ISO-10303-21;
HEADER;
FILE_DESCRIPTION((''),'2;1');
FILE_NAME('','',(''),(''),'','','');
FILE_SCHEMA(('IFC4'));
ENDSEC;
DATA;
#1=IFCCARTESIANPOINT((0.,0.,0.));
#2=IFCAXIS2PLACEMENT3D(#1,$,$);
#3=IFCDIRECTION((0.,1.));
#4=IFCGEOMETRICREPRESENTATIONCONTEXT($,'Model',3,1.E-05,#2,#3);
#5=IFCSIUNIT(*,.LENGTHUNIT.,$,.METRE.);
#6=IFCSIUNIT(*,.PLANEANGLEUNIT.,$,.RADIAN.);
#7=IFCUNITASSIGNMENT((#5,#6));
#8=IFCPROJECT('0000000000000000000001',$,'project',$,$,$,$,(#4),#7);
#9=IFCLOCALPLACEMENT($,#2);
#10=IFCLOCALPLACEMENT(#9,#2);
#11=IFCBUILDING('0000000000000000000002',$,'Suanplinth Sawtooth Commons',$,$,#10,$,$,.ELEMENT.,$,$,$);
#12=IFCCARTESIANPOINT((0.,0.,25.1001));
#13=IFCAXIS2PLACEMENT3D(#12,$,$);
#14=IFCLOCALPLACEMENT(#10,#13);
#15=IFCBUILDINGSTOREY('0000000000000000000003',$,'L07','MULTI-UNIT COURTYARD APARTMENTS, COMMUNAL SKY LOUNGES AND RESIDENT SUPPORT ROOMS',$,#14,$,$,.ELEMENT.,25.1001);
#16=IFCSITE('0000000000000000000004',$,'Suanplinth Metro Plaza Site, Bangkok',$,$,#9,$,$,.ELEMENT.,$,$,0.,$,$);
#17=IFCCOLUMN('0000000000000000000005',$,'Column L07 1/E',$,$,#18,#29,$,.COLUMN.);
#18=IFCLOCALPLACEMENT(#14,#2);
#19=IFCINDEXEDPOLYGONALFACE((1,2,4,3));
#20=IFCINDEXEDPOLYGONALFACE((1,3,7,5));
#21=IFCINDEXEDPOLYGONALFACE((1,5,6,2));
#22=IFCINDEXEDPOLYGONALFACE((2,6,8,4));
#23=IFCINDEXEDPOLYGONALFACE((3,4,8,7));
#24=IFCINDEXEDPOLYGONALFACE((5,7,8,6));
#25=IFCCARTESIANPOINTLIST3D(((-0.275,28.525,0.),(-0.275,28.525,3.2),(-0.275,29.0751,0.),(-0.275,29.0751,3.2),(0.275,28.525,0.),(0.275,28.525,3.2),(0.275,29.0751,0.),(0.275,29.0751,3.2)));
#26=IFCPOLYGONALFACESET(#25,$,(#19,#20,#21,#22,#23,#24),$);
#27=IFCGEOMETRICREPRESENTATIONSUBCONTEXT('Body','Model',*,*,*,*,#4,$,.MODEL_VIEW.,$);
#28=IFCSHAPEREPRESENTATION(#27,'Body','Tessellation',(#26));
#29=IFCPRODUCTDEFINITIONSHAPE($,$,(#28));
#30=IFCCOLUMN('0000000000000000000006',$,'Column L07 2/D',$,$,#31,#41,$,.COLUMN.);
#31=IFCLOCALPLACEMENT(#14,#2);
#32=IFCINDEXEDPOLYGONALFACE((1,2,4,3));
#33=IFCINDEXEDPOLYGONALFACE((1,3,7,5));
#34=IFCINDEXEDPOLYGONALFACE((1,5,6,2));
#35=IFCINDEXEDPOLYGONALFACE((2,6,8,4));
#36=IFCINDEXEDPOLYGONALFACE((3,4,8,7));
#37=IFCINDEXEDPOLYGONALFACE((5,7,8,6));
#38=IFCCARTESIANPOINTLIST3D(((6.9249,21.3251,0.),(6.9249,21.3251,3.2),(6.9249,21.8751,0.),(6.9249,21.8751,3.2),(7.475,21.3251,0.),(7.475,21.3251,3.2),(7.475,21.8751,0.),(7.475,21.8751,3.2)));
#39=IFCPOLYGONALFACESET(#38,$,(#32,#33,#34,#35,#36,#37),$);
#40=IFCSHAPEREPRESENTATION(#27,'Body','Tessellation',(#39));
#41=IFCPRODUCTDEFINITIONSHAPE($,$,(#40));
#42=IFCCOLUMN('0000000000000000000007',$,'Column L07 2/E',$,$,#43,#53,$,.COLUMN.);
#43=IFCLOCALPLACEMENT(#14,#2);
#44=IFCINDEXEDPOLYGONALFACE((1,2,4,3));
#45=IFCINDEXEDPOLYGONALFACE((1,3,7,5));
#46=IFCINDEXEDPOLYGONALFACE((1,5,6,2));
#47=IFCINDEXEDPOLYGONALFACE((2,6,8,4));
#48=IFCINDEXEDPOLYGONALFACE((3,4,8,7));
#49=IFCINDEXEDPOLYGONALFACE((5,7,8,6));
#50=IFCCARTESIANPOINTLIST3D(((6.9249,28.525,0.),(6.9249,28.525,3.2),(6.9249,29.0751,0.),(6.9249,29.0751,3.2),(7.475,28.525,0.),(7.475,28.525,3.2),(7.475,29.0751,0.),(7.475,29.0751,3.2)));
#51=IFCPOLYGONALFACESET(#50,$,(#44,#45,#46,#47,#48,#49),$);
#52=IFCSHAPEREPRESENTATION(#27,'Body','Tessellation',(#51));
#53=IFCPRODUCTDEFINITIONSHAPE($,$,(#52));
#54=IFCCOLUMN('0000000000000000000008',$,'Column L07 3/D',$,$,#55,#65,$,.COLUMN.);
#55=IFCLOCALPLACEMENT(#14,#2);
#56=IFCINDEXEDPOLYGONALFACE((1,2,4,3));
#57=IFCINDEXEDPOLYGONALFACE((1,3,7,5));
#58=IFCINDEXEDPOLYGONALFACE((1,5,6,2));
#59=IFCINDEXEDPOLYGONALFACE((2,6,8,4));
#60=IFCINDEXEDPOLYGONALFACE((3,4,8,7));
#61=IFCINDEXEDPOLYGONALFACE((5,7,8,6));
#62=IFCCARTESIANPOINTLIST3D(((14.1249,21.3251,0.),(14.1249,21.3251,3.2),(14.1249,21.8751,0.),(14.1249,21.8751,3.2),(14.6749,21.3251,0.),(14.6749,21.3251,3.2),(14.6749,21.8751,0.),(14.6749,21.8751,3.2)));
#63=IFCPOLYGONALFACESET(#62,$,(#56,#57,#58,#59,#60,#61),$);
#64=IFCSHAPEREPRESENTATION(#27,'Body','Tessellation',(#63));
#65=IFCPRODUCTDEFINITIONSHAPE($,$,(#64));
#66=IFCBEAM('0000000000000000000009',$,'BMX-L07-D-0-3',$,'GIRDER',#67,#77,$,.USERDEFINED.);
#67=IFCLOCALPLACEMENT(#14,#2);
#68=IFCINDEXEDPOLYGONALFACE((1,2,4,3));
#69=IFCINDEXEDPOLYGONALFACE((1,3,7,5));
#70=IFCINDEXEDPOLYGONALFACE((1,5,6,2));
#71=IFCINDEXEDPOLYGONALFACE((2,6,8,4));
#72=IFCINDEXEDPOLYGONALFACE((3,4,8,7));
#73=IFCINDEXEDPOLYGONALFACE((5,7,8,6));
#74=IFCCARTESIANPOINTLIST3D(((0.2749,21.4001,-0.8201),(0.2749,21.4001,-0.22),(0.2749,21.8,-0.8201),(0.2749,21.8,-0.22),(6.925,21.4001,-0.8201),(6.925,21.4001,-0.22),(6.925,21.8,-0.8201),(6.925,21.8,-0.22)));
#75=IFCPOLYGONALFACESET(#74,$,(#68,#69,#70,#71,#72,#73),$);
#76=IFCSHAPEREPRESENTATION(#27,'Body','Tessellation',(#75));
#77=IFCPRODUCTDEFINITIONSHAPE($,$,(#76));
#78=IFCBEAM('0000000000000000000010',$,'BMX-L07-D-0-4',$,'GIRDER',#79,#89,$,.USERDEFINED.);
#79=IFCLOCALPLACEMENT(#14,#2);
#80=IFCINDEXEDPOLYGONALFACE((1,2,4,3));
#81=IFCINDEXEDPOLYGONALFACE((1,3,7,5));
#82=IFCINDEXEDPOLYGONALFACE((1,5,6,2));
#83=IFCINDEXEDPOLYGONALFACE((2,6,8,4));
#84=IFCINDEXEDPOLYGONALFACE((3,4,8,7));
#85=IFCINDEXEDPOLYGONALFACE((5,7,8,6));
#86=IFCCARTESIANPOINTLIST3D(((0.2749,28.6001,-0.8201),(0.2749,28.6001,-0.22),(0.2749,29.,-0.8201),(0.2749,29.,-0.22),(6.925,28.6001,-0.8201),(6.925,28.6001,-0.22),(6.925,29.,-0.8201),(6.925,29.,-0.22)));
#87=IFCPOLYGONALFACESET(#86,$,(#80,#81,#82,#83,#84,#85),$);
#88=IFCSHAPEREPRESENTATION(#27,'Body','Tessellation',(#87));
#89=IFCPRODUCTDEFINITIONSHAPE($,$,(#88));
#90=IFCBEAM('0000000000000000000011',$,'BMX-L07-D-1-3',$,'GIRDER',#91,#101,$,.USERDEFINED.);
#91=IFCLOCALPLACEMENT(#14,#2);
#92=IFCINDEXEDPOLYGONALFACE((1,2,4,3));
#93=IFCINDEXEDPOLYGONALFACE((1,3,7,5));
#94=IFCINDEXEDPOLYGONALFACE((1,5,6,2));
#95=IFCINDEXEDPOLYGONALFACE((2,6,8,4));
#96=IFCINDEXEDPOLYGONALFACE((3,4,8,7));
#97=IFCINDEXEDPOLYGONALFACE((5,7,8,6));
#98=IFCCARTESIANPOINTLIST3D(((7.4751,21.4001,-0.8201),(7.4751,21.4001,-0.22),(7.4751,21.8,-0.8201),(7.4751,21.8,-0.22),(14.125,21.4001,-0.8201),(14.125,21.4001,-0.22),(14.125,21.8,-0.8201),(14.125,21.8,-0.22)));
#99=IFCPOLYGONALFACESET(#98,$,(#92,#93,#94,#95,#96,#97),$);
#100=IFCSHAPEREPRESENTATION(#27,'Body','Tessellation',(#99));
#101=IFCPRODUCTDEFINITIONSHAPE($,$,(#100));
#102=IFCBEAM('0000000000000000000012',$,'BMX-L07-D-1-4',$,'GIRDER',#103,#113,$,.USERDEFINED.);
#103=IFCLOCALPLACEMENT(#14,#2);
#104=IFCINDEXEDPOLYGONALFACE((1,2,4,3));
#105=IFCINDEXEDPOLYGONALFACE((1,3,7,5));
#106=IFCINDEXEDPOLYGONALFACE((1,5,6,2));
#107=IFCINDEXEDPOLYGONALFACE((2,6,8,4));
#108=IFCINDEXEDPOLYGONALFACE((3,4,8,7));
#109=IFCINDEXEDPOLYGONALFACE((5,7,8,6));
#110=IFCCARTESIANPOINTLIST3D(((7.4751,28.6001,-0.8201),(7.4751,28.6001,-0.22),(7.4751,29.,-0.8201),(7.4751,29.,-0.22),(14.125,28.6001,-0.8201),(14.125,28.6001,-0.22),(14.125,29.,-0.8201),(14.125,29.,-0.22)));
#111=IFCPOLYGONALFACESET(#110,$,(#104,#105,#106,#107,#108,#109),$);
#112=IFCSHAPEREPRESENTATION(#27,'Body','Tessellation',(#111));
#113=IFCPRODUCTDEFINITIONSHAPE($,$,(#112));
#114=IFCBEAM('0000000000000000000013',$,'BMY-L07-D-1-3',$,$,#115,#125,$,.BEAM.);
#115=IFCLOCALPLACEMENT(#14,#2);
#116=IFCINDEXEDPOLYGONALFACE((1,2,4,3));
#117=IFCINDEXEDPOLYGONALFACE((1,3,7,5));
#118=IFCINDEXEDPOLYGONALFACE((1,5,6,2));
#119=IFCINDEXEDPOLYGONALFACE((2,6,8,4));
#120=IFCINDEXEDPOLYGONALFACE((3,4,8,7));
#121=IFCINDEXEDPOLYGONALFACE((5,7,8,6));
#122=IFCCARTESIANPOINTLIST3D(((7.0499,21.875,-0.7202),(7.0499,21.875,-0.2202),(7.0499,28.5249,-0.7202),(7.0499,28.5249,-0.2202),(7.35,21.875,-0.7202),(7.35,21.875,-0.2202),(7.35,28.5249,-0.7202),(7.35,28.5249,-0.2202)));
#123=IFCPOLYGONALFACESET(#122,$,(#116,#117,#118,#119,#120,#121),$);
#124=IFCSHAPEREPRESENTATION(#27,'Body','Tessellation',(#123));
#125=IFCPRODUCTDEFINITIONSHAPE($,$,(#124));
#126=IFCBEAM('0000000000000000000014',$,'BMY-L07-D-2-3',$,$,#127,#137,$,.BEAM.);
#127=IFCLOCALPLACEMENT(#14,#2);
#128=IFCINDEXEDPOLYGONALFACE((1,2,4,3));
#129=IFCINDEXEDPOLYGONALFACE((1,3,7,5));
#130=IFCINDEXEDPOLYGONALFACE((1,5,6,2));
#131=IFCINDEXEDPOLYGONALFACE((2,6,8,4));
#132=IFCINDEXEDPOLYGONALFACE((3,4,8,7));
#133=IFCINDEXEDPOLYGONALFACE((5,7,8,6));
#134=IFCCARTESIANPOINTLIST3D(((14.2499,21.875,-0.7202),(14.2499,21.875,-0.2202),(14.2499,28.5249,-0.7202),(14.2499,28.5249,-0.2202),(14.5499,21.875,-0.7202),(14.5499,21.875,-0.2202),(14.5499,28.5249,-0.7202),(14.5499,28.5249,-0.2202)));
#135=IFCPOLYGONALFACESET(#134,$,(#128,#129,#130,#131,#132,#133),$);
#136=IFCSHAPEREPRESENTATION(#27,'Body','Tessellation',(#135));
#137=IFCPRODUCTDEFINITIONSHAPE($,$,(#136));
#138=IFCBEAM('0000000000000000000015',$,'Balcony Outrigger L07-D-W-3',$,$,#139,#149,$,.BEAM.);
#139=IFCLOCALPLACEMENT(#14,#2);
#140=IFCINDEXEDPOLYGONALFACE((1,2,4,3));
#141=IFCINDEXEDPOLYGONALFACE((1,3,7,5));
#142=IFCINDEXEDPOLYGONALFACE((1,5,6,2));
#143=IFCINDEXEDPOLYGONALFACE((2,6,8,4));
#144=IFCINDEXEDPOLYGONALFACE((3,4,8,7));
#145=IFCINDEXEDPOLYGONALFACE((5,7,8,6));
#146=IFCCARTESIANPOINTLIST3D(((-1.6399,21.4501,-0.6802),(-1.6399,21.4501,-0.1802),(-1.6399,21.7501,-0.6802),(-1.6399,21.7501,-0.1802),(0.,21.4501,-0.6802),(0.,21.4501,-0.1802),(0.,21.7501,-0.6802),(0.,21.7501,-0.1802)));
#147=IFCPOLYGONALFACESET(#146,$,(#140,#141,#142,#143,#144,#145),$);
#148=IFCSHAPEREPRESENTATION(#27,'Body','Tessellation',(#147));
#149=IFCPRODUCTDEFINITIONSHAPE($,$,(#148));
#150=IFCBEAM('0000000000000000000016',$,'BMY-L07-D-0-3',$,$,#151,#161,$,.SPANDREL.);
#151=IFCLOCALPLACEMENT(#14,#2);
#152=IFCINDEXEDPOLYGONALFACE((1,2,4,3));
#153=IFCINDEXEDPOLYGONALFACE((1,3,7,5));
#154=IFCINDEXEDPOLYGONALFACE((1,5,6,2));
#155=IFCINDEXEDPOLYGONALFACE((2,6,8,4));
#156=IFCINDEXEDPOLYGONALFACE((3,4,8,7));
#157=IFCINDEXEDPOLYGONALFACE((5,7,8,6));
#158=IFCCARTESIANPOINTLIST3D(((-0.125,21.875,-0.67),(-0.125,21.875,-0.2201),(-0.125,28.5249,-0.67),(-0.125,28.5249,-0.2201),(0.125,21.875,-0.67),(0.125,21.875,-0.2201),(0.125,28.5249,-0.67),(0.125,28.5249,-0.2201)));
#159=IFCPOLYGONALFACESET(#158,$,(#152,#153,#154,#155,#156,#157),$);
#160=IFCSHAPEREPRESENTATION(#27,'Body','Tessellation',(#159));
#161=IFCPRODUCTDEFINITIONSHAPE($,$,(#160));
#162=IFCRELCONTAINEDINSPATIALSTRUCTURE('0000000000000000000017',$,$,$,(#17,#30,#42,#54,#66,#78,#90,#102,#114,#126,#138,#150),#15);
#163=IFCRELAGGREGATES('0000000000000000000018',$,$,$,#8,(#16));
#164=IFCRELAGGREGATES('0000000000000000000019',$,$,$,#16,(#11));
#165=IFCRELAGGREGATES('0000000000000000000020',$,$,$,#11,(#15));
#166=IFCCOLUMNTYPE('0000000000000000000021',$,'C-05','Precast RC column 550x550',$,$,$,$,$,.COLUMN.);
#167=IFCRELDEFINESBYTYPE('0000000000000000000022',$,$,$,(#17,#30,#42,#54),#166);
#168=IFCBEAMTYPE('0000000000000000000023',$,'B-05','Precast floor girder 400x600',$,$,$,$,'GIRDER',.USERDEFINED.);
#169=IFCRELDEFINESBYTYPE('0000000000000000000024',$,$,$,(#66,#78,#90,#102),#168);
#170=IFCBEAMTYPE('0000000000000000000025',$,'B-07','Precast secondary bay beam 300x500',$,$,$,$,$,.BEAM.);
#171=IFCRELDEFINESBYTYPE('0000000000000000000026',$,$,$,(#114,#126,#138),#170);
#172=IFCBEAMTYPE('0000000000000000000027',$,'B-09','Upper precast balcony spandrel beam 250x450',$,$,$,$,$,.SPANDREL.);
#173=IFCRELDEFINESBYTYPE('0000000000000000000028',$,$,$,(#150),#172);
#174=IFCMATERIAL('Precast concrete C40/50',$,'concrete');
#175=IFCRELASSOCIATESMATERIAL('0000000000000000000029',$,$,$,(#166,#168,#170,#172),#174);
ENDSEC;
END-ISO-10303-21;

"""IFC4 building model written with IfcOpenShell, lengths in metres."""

from ifc_helpers import new_model, si_unit, direction, frame, origin, origin_2d, place, context, subcontext, project, spatial, rectangle, extrude, material, material_profile, profile_set, type_object, element, save


model = new_model("IFC4")

# Units and contexts
model_context = context("Model", 3, precision=1e-05, world=origin(), true_north=direction((0.0, 1.0)))
body_context = subcontext(model_context, "Body", "Model", "MODEL_VIEW")
ifc_project = project(units=[si_unit("LENGTHUNIT", "METRE"), si_unit("PLANEANGLEUNIT", "RADIAN")], contexts=[model_context])

# Site, building, storey
site_placement = place(None, origin())
site = spatial("IfcSite", under=ifc_project, at=site_placement, Name="Suanplinth Metro Plaza Site, Bangkok", CompositionType="ELEMENT", RefElevation=0.0)
building_placement = place(site_placement, origin())
building = spatial("IfcBuilding", under=site, at=building_placement, Name="Suanplinth Sawtooth Commons", CompositionType="ELEMENT")
storey_placement = place(building_placement, frame((0.0, 0.0, 25.1001)))
storey = spatial("IfcBuildingStorey", under=building, at=storey_placement, Name="L07", Description="MULTI-UNIT COURTYARD APARTMENTS, COMMUNAL SKY LOUNGES AND RESIDENT SUPPORT ROOMS", CompositionType="ELEMENT", Elevation=25.1001)

# Columns
ifc_material_1 = material(Name="Precast concrete C40/50", Category="concrete")
ifc_material_profile_1 = material_profile(ifc_material_1, rectangle(XDim=0.55, YDim=0.55, at=origin_2d()), Name="PC-COL 550x550")
ifc_profile_set_1 = profile_set([ifc_material_profile_1], Name="Precast concrete C40/50")
column_type = type_object("IfcColumnType", Name="C-05", Description="Precast RC column 550x550", PredefinedType="COLUMN", material=ifc_profile_set_1)
for number, where, z_axis, x_axis, name in (
    (1, (0.0, 28.8, 0.0), (0.0, 0.0, 1.0), (1.0, 0.0, 0.0), "Column L07 1/E"),
    (2, (7.2, 21.6001, 0.0), (0.0, 0.0, 1.0), (1.0, 0.0, 0.0), "Column L07 2/D"),
    (3, (7.2, 28.8, 0.0), (0.0, 0.0, 1.0), (1.0, 0.0, 0.0), "Column L07 2/E"),
    (4, (14.3999, 21.6001, 0.0), (0.0, 0.0, 1.0), (1.0, 0.0, 0.0), "Column L07 3/D"),
):
    element("IfcColumn", number, at=place(storey_placement, frame(where, z_axis=z_axis, x_axis=x_axis)), inside=storey, type_object=column_type, Name=name, PredefinedType="COLUMN", context=body_context, shape_type="SweptSolid", body=[
        extrude(rectangle(XDim=0.55, YDim=0.55, at=origin_2d()), origin(), (0.0, 0.0, 1.0), 3.2),
    ])

# Beams
ifc_material_profile_2 = material_profile(ifc_material_1, rectangle(XDim=0.3999, YDim=0.6001, at=origin_2d()), Name="PC-GDR 400x600")
ifc_profile_set_2 = profile_set([ifc_material_profile_2], Name="Precast concrete C40/50")
beam_type_1 = type_object("IfcBeamType", Name="B-05", Description="Precast floor girder 400x600", ElementType="GIRDER", PredefinedType="USERDEFINED", material=ifc_profile_set_2)
for number, where, z_axis, x_axis, name in (
    (5, (0.2749, 21.6001, -0.52), (1.0, 0.0, 0.0), (0.0, 1.0, 0.0), "BMX-L07-D-0-3"),
    (6, (0.2749, 28.8, -0.52), (1.0, 0.0, 0.0), (0.0, 1.0, 0.0), "BMX-L07-D-0-4"),
):
    element("IfcBeam", number, at=place(storey_placement, frame(where, z_axis=z_axis, x_axis=x_axis)), inside=storey, type_object=beam_type_1, Name=name, ObjectType="GIRDER", PredefinedType="USERDEFINED", context=body_context, shape_type="SweptSolid", body=[
        extrude(rectangle(XDim=0.3999, YDim=0.6001, at=origin_2d()), origin(), (0.0, 0.0, 1.0), 6.6501),
    ])
for number, where, z_axis, x_axis, name in (
    (7, (7.4751, 21.6001, -0.52), (1.0, 0.0, 0.0), (0.0, 1.0, 0.0), "BMX-L07-D-1-3"),
    (8, (7.4751, 28.8, -0.52), (1.0, 0.0, 0.0), (0.0, 1.0, 0.0), "BMX-L07-D-1-4"),
):
    element("IfcBeam", number, at=place(storey_placement, frame(where, z_axis=z_axis, x_axis=x_axis)), inside=storey, type_object=beam_type_1, Name=name, ObjectType="GIRDER", PredefinedType="USERDEFINED", context=body_context, shape_type="SweptSolid", body=[
        extrude(rectangle(XDim=0.3999, YDim=0.6001, at=origin_2d()), origin(), (0.0, 0.0, 1.0), 6.6499),
    ])
ifc_material_profile_3 = material_profile(ifc_material_1, rectangle(XDim=0.3, YDim=0.5, at=origin_2d()), Name="PC-BM 300x500")
ifc_profile_set_3 = profile_set([ifc_material_profile_3], Name="Precast concrete C40/50")
beam_type_2 = type_object("IfcBeamType", Name="B-07", Description="Precast secondary bay beam 300x500", PredefinedType="BEAM", material=ifc_profile_set_3)
for number, where, z_axis, x_axis, name in (
    (9, (7.2, 21.875, -0.4702), (0.0, 1.0, 0.0), (-1.0, 0.0, 0.0), "BMY-L07-D-1-3"),
    (10, (14.3999, 21.875, -0.4702), (0.0, 1.0, 0.0), (-1.0, 0.0, 0.0), "BMY-L07-D-2-3"),
):
    element("IfcBeam", number, at=place(storey_placement, frame(where, z_axis=z_axis, x_axis=x_axis)), inside=storey, type_object=beam_type_2, Name=name, PredefinedType="BEAM", context=body_context, shape_type="SweptSolid", body=[
        extrude(rectangle(XDim=0.3, YDim=0.5, at=origin_2d()), origin(), (0.0, 0.0, 1.0), 6.6499),
    ])
beam_1_placement = place(storey_placement, frame((0.0, 21.6001, -0.4302), z_axis=(-1.0, 0.0, 0.0), x_axis=(0.0, -1.0, 0.0)))
element("IfcBeam", 11, at=beam_1_placement, inside=storey, type_object=beam_type_2, Name="Balcony Outrigger L07-D-W-3", PredefinedType="BEAM", context=body_context, shape_type="SweptSolid", body=[
    extrude(rectangle(XDim=0.3, YDim=0.5, at=origin_2d()), origin(), (0.0, 0.0, 1.0), 1.6399),
])
ifc_material_profile_4 = material_profile(ifc_material_1, rectangle(XDim=0.25, YDim=0.45, at=origin_2d()), Name="PC-SP 250x450")
ifc_profile_set_4 = profile_set([ifc_material_profile_4], Name="Precast concrete C40/50")
beam_type_3 = type_object("IfcBeamType", Name="B-09", Description="Upper precast balcony spandrel beam 250x450", PredefinedType="SPANDREL", material=ifc_profile_set_4)
beam_2_placement = place(storey_placement, frame((0.0, 21.875, -0.4451), z_axis=(0.0, 1.0, 0.0), x_axis=(-1.0, 0.0, 0.0)))
element("IfcBeam", 12, at=beam_2_placement, inside=storey, type_object=beam_type_3, Name="BMY-L07-D-0-3", PredefinedType="SPANDREL", context=body_context, shape_type="SweptSolid", body=[
    extrude(rectangle(XDim=0.25, YDim=0.45, at=origin_2d()), origin(), (0.0, 0.0, 1.0), 6.6499),
])

save(model, "model.ifc")
